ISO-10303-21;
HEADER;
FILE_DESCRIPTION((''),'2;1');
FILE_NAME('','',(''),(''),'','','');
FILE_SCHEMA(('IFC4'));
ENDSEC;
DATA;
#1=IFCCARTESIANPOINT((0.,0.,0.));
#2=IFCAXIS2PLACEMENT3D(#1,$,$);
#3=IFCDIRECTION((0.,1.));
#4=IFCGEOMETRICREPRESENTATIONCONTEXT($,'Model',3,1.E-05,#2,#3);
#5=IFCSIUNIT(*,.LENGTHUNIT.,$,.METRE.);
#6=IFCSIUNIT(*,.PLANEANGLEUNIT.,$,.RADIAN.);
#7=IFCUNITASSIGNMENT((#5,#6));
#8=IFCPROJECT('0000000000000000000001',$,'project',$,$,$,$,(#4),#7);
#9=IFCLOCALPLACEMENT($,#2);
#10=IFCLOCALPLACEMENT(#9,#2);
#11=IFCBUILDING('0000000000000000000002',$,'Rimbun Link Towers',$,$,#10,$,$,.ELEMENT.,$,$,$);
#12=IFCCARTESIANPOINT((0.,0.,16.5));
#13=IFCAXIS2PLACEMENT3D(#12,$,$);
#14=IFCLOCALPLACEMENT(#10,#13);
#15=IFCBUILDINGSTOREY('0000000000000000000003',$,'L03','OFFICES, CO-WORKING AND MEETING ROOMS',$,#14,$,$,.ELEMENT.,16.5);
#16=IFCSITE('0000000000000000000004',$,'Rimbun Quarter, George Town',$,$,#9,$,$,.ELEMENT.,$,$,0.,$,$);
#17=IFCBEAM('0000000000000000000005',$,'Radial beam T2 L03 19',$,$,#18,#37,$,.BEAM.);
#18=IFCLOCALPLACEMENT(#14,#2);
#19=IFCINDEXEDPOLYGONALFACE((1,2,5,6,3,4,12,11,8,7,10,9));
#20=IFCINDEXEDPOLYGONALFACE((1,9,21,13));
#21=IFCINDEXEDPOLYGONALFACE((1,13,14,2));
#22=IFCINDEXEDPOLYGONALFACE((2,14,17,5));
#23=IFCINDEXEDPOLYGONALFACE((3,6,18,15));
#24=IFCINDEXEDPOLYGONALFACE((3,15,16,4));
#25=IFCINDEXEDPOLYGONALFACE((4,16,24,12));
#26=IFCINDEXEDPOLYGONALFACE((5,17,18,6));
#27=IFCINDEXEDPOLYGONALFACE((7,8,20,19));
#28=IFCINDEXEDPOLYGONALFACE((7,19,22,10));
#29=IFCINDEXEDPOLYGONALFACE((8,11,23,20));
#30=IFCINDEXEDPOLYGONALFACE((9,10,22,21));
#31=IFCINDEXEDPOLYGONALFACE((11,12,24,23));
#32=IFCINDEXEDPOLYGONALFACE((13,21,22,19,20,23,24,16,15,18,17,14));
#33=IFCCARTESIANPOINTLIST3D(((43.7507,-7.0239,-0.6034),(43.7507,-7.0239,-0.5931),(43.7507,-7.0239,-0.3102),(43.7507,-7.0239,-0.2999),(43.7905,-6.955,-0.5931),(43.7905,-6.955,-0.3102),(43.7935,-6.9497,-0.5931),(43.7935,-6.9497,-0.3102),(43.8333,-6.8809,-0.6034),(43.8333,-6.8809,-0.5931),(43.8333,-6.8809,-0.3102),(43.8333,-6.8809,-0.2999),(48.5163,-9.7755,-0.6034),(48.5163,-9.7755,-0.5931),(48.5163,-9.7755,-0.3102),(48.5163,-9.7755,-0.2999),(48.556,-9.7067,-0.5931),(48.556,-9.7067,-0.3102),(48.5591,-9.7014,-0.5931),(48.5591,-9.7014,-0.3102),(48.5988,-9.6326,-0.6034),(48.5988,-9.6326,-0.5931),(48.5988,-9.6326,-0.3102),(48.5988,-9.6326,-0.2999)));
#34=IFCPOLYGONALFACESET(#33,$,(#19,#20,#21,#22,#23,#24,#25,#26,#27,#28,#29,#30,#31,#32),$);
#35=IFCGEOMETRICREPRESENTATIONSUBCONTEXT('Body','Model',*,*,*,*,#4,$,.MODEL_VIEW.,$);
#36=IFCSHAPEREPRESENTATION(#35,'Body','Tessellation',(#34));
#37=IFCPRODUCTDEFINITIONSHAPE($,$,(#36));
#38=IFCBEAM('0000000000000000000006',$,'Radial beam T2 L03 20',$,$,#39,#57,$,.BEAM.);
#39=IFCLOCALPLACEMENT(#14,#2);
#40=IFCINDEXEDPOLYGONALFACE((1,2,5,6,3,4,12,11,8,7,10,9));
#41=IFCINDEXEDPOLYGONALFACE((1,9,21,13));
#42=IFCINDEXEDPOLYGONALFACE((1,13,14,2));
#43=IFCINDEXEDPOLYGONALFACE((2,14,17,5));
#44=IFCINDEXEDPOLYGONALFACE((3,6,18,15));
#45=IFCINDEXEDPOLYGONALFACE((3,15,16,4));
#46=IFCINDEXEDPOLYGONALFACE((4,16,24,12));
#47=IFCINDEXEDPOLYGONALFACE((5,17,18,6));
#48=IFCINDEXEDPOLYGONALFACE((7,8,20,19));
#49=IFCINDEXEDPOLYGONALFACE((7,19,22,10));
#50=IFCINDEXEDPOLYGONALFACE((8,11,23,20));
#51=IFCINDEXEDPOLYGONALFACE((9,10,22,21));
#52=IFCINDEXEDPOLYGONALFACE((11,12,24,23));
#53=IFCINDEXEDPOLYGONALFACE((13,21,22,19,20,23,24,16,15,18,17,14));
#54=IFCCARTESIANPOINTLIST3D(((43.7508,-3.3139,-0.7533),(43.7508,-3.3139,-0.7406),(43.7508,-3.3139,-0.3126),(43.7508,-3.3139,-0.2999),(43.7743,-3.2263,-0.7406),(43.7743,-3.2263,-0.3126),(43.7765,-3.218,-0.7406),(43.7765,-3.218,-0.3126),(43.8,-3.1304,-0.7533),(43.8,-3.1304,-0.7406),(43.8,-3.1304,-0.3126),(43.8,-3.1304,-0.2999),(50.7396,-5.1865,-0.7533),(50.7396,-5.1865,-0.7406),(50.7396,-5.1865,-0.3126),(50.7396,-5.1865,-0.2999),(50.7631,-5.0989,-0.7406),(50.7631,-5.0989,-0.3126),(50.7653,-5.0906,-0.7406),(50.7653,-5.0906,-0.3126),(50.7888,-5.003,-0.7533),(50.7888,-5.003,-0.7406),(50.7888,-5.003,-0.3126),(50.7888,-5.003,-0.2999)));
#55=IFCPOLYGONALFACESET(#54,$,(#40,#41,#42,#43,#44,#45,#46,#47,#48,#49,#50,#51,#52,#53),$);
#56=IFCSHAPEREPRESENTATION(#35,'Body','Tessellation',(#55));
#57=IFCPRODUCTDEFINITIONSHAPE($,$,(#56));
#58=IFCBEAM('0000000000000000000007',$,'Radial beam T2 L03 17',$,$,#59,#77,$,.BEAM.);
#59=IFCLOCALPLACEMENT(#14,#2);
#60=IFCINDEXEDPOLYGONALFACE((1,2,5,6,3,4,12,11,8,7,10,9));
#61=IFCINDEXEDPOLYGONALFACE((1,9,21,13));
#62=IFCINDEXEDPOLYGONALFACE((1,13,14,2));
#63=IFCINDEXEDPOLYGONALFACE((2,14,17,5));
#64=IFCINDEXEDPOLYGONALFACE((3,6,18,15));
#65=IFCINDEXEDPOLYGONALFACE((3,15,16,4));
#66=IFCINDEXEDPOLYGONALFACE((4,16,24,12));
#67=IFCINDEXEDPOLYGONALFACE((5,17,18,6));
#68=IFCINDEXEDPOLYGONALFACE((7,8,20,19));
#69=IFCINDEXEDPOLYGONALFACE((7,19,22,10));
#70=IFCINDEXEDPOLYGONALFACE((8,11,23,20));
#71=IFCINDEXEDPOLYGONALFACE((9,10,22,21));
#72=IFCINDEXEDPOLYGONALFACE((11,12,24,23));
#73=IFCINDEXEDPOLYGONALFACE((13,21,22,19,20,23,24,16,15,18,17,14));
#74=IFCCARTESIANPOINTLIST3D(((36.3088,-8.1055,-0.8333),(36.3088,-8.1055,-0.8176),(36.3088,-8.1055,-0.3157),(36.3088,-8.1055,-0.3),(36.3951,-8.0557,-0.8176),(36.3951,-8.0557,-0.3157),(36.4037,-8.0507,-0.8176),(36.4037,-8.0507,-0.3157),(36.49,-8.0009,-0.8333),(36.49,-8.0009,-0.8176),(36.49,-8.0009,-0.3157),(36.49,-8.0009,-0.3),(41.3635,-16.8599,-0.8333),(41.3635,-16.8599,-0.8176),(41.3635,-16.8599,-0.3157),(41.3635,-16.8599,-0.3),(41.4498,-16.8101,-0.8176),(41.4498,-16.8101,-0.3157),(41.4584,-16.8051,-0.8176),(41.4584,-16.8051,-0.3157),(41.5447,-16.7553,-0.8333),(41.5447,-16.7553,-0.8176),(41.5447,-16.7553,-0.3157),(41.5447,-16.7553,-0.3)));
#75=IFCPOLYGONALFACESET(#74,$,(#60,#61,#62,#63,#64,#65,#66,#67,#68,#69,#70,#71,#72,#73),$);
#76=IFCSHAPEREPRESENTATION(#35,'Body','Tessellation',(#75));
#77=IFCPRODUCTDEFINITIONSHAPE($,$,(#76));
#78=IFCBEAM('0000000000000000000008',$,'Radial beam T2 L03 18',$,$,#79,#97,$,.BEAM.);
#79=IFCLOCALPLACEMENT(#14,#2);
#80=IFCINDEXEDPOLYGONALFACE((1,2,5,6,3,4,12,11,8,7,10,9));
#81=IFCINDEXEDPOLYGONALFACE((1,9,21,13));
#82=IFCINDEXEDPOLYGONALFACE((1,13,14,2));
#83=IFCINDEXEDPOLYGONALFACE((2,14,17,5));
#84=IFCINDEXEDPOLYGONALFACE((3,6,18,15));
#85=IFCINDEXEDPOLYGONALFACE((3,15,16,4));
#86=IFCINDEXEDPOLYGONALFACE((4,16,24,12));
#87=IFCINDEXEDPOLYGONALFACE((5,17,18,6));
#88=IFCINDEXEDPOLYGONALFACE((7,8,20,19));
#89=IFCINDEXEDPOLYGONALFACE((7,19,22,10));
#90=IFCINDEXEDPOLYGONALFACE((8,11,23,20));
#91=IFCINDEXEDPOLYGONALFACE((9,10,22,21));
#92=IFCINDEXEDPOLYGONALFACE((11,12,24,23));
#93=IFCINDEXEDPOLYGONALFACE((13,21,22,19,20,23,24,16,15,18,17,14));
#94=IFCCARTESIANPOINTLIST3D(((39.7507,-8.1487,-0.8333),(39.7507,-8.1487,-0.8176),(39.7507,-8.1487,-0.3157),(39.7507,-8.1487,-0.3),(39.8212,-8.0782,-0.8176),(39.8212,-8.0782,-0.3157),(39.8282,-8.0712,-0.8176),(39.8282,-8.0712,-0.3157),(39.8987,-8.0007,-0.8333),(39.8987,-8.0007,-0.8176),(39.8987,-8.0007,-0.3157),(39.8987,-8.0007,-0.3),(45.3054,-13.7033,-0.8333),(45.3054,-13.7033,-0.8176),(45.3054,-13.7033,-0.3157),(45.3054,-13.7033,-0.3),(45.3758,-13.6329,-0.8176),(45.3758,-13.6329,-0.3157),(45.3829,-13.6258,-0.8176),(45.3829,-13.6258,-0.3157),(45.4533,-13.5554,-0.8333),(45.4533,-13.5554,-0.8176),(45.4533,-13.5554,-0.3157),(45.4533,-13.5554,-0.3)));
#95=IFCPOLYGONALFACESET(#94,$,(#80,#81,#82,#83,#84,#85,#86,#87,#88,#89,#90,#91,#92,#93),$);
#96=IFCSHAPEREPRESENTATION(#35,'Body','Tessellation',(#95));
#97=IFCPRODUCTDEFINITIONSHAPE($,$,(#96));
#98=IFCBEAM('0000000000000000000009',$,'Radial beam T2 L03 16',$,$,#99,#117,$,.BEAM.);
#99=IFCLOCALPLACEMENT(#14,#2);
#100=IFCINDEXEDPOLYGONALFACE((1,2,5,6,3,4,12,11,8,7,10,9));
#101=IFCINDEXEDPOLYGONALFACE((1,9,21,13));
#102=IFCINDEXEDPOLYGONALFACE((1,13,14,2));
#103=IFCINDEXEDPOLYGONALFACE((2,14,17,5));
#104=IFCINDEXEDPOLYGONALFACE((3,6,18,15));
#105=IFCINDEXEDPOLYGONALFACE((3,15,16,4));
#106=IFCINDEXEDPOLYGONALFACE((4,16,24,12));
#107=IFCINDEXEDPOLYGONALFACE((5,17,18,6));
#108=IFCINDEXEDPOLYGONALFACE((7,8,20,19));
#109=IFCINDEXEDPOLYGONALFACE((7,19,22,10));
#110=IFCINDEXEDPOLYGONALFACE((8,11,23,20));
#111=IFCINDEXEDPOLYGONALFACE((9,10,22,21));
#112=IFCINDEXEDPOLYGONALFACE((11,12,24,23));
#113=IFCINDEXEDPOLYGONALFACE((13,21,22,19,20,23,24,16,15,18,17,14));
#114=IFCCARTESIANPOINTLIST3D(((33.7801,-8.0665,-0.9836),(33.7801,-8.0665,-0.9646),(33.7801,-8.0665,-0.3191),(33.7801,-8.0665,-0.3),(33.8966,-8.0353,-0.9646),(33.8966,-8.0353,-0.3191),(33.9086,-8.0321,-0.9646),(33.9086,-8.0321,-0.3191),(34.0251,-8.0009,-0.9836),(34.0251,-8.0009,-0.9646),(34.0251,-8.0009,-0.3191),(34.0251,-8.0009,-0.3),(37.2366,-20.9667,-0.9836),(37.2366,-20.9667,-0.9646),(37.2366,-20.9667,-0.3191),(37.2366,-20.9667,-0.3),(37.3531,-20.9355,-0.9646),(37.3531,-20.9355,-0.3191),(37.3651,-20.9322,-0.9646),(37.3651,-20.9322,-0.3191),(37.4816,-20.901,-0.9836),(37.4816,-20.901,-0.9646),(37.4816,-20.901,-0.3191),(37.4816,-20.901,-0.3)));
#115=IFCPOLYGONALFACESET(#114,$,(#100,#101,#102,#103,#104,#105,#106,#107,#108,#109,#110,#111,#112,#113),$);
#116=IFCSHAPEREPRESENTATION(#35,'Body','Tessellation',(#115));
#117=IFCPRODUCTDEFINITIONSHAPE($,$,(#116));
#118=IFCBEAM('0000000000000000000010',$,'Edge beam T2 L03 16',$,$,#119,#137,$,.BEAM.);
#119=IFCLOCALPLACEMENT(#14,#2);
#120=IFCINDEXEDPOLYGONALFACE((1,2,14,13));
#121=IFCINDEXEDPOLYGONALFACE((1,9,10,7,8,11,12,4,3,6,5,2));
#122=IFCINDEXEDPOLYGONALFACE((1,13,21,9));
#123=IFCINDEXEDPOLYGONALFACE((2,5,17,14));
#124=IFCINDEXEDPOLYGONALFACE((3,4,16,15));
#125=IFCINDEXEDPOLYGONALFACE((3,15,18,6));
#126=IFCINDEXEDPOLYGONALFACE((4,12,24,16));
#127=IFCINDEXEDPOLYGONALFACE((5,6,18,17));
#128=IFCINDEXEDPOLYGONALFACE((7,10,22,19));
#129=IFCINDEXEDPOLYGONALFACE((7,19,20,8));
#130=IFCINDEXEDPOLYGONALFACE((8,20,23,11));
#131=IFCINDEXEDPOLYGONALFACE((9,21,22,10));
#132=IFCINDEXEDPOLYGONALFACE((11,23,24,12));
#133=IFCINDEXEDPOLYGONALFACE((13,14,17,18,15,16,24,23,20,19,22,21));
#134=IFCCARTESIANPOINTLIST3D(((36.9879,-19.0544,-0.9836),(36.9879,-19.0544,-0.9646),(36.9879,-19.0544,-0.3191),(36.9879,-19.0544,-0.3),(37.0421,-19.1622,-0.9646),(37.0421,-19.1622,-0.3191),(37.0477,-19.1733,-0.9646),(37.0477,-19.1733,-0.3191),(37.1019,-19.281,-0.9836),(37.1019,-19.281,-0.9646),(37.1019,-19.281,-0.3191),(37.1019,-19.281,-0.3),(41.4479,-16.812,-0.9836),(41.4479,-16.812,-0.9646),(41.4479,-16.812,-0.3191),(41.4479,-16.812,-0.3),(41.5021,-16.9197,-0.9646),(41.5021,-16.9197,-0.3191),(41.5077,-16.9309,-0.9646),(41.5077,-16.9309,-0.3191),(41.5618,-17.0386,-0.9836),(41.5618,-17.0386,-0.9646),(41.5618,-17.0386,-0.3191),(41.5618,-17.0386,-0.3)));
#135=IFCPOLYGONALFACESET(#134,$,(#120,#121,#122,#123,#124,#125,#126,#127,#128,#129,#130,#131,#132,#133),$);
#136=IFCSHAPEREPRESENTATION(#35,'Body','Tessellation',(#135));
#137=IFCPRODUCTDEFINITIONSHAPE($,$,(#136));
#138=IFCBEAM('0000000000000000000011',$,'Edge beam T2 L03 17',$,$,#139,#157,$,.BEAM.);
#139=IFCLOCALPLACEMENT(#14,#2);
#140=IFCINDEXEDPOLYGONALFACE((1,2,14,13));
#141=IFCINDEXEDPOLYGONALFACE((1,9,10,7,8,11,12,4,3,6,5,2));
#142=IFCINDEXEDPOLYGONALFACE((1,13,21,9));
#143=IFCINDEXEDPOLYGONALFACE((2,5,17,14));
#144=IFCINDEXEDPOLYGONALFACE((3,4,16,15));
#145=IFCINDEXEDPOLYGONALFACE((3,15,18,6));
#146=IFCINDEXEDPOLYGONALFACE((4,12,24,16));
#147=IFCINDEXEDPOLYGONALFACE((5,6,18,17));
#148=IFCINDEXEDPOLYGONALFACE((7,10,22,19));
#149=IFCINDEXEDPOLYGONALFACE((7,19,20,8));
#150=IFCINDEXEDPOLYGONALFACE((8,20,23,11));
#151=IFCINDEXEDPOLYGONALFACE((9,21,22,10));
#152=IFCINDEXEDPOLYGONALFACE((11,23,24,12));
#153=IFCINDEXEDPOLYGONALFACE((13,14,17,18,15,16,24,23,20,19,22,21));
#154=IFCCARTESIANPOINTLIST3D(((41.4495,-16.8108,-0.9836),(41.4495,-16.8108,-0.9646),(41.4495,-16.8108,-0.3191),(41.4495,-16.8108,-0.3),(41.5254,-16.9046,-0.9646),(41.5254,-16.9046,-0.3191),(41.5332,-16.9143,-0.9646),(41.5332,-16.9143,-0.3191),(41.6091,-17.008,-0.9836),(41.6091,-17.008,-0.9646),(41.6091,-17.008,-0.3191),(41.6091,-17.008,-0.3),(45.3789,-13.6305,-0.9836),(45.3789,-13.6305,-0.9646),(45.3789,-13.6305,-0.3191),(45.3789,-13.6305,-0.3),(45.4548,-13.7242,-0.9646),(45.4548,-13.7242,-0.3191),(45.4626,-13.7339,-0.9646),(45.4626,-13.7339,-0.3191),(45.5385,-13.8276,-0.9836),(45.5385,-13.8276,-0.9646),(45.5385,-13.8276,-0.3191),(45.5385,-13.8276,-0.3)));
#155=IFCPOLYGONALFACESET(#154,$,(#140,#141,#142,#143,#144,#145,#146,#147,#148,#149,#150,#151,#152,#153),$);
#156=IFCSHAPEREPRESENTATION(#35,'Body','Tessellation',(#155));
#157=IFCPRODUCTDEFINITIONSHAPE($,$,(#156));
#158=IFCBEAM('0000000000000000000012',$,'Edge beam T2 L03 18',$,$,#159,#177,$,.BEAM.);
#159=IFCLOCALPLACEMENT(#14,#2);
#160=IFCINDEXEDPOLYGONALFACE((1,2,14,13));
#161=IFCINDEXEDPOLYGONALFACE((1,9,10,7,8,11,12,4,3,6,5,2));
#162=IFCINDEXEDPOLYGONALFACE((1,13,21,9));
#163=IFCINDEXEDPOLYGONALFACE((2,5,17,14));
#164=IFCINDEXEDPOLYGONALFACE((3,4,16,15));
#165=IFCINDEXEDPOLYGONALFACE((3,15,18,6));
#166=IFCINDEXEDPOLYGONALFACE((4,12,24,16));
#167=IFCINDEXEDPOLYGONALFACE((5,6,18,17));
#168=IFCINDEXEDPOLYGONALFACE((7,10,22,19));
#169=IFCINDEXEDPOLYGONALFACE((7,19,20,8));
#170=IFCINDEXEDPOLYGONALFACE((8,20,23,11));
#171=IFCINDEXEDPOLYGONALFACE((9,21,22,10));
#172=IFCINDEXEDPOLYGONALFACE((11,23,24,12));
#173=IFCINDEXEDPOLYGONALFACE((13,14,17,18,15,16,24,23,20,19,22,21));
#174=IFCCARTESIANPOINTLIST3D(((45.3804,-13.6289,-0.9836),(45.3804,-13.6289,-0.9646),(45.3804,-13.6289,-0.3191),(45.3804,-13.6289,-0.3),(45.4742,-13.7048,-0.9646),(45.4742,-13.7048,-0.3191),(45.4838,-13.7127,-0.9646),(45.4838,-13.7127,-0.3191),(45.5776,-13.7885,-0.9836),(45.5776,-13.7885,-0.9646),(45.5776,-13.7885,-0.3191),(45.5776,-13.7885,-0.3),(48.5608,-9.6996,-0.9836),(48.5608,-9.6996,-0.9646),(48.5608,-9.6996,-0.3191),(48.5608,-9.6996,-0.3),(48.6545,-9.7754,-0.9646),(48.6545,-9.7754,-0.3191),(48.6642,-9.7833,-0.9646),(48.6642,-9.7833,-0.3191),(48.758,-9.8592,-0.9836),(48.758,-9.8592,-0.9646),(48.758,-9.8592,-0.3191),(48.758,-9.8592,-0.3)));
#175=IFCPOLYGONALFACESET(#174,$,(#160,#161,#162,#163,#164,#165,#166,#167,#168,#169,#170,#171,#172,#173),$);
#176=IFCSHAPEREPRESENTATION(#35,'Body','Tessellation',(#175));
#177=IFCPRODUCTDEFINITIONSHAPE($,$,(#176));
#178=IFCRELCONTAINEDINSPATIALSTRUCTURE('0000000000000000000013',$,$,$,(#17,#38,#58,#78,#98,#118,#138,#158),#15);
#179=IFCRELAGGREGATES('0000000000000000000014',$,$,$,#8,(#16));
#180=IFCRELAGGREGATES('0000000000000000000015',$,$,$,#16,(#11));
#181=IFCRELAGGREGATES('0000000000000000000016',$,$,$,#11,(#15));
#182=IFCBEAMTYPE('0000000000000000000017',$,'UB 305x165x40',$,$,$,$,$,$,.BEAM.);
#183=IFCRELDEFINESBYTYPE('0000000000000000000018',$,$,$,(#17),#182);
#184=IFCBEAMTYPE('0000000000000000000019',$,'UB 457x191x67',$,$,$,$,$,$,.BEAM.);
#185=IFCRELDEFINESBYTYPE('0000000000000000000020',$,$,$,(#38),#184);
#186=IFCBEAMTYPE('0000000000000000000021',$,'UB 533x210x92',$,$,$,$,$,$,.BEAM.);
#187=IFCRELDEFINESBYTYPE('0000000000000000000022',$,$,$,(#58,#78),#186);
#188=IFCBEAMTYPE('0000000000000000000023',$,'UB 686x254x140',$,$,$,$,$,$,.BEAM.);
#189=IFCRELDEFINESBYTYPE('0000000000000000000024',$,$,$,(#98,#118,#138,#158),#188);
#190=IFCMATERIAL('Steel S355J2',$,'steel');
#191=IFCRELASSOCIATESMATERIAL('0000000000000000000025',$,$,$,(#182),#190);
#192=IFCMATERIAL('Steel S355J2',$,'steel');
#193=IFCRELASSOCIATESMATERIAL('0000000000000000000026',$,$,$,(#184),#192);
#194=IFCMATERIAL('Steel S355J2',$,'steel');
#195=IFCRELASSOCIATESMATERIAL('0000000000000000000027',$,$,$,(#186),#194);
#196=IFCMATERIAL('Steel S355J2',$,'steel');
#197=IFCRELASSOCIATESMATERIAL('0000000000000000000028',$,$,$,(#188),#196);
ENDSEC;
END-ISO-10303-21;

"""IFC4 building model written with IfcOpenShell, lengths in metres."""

from ifc_helpers import new_model, si_unit, direction, frame, origin, origin_2d, place, context, subcontext, project, spatial, i_section, extrude, material, material_profile, profile_set, type_object, element, save


model = new_model("IFC4")

# Units and contexts
model_context = context("Model", 3, precision=1e-05, world=origin(), true_north=direction((0.0, 1.0)))
body_context = subcontext(model_context, "Body", "Model", "MODEL_VIEW")
ifc_project = project(units=[si_unit("LENGTHUNIT", "METRE"), si_unit("PLANEANGLEUNIT", "RADIAN")], contexts=[model_context])

# Site, building, storey
site_placement = place(None, origin())
site = spatial("IfcSite", under=ifc_project, at=site_placement, Name="Rimbun Quarter, George Town", CompositionType="ELEMENT", RefElevation=0.0)
building_placement = place(site_placement, origin())
building = spatial("IfcBuilding", under=site, at=building_placement, Name="Rimbun Link Towers", CompositionType="ELEMENT")
storey_placement = place(building_placement, frame((0.0, 0.0, 16.5)))
storey = spatial("IfcBuildingStorey", under=building, at=storey_placement, Name="L03", Description="OFFICES, CO-WORKING AND MEETING ROOMS", CompositionType="ELEMENT", Elevation=16.5)

# Beams
ifc_material_1 = material(Name="Steel S355J2", Category="steel")
ifc_material_profile_1 = material_profile(ifc_material_1, i_section(OverallWidth=0.165, OverallDepth=0.3035, WebThickness=0.0061, FlangeThickness=0.0103, at=origin_2d()), Name="UB 305x165x40")
ifc_profile_set_1 = profile_set([ifc_material_profile_1], Name="Steel S355J2")
beam_type_1 = type_object("IfcBeamType", Name="UB 305x165x40", PredefinedType="BEAM", material=ifc_profile_set_1)
beam_1_placement = place(storey_placement, frame((43.792, -6.9524, -0.4517), z_axis=(0.866004, -0.500037, 0.0), x_axis=(0.500037, 0.866004, 0.0)))
element("IfcBeam", 1, at=beam_1_placement, inside=storey, type_object=beam_type_1, Name="Radial beam T2 L03 19", PredefinedType="BEAM", context=body_context, shape_type="SweptSolid", body=[
    extrude(i_section(OverallWidth=0.165, OverallDepth=0.3035, WebThickness=0.0061, FlangeThickness=0.0103, at=origin_2d()), origin(), (0.0, 0.0, 1.0), 5.5029),
])
ifc_material_2 = material(Name="Steel S355J2", Category="steel")
ifc_material_profile_2 = material_profile(ifc_material_2, i_section(OverallWidth=0.1899, OverallDepth=0.4534, WebThickness=0.0085, FlangeThickness=0.0127, at=origin_2d()), Name="UB 457x191x67")
ifc_profile_set_2 = profile_set([ifc_material_profile_2], Name="Steel S355J2")
beam_type_2 = type_object("IfcBeamType", Name="UB 457x191x67", PredefinedType="BEAM", material=ifc_profile_set_2)
beam_2_placement = place(storey_placement, frame((43.7754, -3.2222, -0.5266), z_axis=(0.965928, -0.258809, 0.0), x_axis=(0.258809, 0.965928, 0.0)))
element("IfcBeam", 2, at=beam_2_placement, inside=storey, type_object=beam_type_2, Name="Radial beam T2 L03 20", PredefinedType="BEAM", context=body_context, shape_type="SweptSolid", body=[
    extrude(i_section(OverallWidth=0.1899, OverallDepth=0.4534, WebThickness=0.0085, FlangeThickness=0.0127, at=origin_2d()), origin(), (0.0, 0.0, 1.0), 7.2354),
])
ifc_material_3 = material(Name="Steel S355J2", Category="steel")
ifc_material_profile_3 = material_profile(ifc_material_3, i_section(OverallWidth=0.2092, OverallDepth=0.5332, WebThickness=0.01, FlangeThickness=0.0156, at=origin_2d()), Name="UB 533x210x92")
ifc_profile_set_3 = profile_set([ifc_material_profile_3], Name="Steel S355J2")
beam_type_3 = type_object("IfcBeamType", Name="UB 533x210x92", PredefinedType="BEAM", material=ifc_profile_set_3)
beam_3_placement = place(storey_placement, frame((36.3994, -8.0532, -0.5667), z_axis=(0.500025, -0.866011, 0.0), x_axis=(0.866011, 0.500025, 0.0)))
element("IfcBeam", 3, at=beam_3_placement, inside=storey, type_object=beam_type_3, Name="Radial beam T2 L03 17", PredefinedType="BEAM", context=body_context, shape_type="SweptSolid", body=[
    extrude(i_section(OverallWidth=0.2092, OverallDepth=0.5332, WebThickness=0.01, FlangeThickness=0.0156, at=origin_2d()), origin(), (0.0, 0.0, 1.0), 10.1089),
])
beam_4_placement = place(storey_placement, frame((39.8247, -8.0747, -0.5667), z_axis=(0.707107, -0.707107, 0.0), x_axis=(0.707107, 0.707107, 0.0)))
element("IfcBeam", 4, at=beam_4_placement, inside=storey, type_object=beam_type_3, Name="Radial beam T2 L03 18", PredefinedType="BEAM", context=body_context, shape_type="SweptSolid", body=[
    extrude(i_section(OverallWidth=0.2092, OverallDepth=0.5332, WebThickness=0.01, FlangeThickness=0.0156, at=origin_2d()), origin(), (0.0, 0.0, 1.0), 7.8555),
])
ifc_material_4 = material(Name="Steel S355J2", Category="steel")
ifc_material_profile_4 = material_profile(ifc_material_4, i_section(OverallWidth=0.2537, OverallDepth=0.6836, WebThickness=0.0125, FlangeThickness=0.019, at=origin_2d()), Name="UB 686x254x140")
ifc_profile_set_4 = profile_set([ifc_material_profile_4], Name="Steel S355J2")
beam_type_4 = type_object("IfcBeamType", Name="UB 686x254x140", PredefinedType="BEAM", material=ifc_profile_set_4)
beam_5_placement = place(storey_placement, frame((33.9026, -8.0337, -0.6418), z_axis=(0.258816, -0.965927, 0.0), x_axis=(0.965927, 0.258816, 0.0)))
element("IfcBeam", 5, at=beam_5_placement, inside=storey, type_object=beam_type_4, Name="Radial beam T2 L03 16", PredefinedType="BEAM", context=body_context, shape_type="SweptSolid", body=[
    extrude(i_section(OverallWidth=0.2537, OverallDepth=0.6836, WebThickness=0.0125, FlangeThickness=0.019, at=origin_2d()), origin(), (0.0, 0.0, 1.0), 13.3552),
])
beam_6_placement = place(storey_placement, frame((37.0449, -19.1677, -0.6418), z_axis=(0.893427, 0.449208, 0.0), x_axis=(-0.449208, 0.893427, 0.0)))
element("IfcBeam", 6, at=beam_6_placement, inside=storey, type_object=beam_type_4, Name="Edge beam T2 L03 16", PredefinedType="BEAM", context=body_context, shape_type="SweptSolid", body=[
    extrude(i_section(OverallWidth=0.2537, OverallDepth=0.6836, WebThickness=0.0125, FlangeThickness=0.019, at=origin_2d()), origin(), (0.0, 0.0, 1.0), 4.9919),
])
for number, where, z_axis, x_axis, name in (
    (7, (41.5293, -16.9094, -0.6418), (0.777299, 0.629132, 0.0), (-0.629132, 0.777299, 0.0), "Edge beam T2 L03 17"),
    (8, (45.479, -13.7087, -0.6418), (0.629132, 0.777299, 0.0), (-0.777299, 0.629132, 0.0), "Edge beam T2 L03 18"),
):
    element("IfcBeam", number, at=place(storey_placement, frame(where, z_axis=z_axis, x_axis=x_axis)), inside=storey, type_object=beam_type_4, Name=name, PredefinedType="BEAM", context=body_context, shape_type="SweptSolid", body=[
        extrude(i_section(OverallWidth=0.2537, OverallDepth=0.6836, WebThickness=0.0125, FlangeThickness=0.019, at=origin_2d()), origin(), (0.0, 0.0, 1.0), 5.0552),
    ])

save(model, "model.ifc")
